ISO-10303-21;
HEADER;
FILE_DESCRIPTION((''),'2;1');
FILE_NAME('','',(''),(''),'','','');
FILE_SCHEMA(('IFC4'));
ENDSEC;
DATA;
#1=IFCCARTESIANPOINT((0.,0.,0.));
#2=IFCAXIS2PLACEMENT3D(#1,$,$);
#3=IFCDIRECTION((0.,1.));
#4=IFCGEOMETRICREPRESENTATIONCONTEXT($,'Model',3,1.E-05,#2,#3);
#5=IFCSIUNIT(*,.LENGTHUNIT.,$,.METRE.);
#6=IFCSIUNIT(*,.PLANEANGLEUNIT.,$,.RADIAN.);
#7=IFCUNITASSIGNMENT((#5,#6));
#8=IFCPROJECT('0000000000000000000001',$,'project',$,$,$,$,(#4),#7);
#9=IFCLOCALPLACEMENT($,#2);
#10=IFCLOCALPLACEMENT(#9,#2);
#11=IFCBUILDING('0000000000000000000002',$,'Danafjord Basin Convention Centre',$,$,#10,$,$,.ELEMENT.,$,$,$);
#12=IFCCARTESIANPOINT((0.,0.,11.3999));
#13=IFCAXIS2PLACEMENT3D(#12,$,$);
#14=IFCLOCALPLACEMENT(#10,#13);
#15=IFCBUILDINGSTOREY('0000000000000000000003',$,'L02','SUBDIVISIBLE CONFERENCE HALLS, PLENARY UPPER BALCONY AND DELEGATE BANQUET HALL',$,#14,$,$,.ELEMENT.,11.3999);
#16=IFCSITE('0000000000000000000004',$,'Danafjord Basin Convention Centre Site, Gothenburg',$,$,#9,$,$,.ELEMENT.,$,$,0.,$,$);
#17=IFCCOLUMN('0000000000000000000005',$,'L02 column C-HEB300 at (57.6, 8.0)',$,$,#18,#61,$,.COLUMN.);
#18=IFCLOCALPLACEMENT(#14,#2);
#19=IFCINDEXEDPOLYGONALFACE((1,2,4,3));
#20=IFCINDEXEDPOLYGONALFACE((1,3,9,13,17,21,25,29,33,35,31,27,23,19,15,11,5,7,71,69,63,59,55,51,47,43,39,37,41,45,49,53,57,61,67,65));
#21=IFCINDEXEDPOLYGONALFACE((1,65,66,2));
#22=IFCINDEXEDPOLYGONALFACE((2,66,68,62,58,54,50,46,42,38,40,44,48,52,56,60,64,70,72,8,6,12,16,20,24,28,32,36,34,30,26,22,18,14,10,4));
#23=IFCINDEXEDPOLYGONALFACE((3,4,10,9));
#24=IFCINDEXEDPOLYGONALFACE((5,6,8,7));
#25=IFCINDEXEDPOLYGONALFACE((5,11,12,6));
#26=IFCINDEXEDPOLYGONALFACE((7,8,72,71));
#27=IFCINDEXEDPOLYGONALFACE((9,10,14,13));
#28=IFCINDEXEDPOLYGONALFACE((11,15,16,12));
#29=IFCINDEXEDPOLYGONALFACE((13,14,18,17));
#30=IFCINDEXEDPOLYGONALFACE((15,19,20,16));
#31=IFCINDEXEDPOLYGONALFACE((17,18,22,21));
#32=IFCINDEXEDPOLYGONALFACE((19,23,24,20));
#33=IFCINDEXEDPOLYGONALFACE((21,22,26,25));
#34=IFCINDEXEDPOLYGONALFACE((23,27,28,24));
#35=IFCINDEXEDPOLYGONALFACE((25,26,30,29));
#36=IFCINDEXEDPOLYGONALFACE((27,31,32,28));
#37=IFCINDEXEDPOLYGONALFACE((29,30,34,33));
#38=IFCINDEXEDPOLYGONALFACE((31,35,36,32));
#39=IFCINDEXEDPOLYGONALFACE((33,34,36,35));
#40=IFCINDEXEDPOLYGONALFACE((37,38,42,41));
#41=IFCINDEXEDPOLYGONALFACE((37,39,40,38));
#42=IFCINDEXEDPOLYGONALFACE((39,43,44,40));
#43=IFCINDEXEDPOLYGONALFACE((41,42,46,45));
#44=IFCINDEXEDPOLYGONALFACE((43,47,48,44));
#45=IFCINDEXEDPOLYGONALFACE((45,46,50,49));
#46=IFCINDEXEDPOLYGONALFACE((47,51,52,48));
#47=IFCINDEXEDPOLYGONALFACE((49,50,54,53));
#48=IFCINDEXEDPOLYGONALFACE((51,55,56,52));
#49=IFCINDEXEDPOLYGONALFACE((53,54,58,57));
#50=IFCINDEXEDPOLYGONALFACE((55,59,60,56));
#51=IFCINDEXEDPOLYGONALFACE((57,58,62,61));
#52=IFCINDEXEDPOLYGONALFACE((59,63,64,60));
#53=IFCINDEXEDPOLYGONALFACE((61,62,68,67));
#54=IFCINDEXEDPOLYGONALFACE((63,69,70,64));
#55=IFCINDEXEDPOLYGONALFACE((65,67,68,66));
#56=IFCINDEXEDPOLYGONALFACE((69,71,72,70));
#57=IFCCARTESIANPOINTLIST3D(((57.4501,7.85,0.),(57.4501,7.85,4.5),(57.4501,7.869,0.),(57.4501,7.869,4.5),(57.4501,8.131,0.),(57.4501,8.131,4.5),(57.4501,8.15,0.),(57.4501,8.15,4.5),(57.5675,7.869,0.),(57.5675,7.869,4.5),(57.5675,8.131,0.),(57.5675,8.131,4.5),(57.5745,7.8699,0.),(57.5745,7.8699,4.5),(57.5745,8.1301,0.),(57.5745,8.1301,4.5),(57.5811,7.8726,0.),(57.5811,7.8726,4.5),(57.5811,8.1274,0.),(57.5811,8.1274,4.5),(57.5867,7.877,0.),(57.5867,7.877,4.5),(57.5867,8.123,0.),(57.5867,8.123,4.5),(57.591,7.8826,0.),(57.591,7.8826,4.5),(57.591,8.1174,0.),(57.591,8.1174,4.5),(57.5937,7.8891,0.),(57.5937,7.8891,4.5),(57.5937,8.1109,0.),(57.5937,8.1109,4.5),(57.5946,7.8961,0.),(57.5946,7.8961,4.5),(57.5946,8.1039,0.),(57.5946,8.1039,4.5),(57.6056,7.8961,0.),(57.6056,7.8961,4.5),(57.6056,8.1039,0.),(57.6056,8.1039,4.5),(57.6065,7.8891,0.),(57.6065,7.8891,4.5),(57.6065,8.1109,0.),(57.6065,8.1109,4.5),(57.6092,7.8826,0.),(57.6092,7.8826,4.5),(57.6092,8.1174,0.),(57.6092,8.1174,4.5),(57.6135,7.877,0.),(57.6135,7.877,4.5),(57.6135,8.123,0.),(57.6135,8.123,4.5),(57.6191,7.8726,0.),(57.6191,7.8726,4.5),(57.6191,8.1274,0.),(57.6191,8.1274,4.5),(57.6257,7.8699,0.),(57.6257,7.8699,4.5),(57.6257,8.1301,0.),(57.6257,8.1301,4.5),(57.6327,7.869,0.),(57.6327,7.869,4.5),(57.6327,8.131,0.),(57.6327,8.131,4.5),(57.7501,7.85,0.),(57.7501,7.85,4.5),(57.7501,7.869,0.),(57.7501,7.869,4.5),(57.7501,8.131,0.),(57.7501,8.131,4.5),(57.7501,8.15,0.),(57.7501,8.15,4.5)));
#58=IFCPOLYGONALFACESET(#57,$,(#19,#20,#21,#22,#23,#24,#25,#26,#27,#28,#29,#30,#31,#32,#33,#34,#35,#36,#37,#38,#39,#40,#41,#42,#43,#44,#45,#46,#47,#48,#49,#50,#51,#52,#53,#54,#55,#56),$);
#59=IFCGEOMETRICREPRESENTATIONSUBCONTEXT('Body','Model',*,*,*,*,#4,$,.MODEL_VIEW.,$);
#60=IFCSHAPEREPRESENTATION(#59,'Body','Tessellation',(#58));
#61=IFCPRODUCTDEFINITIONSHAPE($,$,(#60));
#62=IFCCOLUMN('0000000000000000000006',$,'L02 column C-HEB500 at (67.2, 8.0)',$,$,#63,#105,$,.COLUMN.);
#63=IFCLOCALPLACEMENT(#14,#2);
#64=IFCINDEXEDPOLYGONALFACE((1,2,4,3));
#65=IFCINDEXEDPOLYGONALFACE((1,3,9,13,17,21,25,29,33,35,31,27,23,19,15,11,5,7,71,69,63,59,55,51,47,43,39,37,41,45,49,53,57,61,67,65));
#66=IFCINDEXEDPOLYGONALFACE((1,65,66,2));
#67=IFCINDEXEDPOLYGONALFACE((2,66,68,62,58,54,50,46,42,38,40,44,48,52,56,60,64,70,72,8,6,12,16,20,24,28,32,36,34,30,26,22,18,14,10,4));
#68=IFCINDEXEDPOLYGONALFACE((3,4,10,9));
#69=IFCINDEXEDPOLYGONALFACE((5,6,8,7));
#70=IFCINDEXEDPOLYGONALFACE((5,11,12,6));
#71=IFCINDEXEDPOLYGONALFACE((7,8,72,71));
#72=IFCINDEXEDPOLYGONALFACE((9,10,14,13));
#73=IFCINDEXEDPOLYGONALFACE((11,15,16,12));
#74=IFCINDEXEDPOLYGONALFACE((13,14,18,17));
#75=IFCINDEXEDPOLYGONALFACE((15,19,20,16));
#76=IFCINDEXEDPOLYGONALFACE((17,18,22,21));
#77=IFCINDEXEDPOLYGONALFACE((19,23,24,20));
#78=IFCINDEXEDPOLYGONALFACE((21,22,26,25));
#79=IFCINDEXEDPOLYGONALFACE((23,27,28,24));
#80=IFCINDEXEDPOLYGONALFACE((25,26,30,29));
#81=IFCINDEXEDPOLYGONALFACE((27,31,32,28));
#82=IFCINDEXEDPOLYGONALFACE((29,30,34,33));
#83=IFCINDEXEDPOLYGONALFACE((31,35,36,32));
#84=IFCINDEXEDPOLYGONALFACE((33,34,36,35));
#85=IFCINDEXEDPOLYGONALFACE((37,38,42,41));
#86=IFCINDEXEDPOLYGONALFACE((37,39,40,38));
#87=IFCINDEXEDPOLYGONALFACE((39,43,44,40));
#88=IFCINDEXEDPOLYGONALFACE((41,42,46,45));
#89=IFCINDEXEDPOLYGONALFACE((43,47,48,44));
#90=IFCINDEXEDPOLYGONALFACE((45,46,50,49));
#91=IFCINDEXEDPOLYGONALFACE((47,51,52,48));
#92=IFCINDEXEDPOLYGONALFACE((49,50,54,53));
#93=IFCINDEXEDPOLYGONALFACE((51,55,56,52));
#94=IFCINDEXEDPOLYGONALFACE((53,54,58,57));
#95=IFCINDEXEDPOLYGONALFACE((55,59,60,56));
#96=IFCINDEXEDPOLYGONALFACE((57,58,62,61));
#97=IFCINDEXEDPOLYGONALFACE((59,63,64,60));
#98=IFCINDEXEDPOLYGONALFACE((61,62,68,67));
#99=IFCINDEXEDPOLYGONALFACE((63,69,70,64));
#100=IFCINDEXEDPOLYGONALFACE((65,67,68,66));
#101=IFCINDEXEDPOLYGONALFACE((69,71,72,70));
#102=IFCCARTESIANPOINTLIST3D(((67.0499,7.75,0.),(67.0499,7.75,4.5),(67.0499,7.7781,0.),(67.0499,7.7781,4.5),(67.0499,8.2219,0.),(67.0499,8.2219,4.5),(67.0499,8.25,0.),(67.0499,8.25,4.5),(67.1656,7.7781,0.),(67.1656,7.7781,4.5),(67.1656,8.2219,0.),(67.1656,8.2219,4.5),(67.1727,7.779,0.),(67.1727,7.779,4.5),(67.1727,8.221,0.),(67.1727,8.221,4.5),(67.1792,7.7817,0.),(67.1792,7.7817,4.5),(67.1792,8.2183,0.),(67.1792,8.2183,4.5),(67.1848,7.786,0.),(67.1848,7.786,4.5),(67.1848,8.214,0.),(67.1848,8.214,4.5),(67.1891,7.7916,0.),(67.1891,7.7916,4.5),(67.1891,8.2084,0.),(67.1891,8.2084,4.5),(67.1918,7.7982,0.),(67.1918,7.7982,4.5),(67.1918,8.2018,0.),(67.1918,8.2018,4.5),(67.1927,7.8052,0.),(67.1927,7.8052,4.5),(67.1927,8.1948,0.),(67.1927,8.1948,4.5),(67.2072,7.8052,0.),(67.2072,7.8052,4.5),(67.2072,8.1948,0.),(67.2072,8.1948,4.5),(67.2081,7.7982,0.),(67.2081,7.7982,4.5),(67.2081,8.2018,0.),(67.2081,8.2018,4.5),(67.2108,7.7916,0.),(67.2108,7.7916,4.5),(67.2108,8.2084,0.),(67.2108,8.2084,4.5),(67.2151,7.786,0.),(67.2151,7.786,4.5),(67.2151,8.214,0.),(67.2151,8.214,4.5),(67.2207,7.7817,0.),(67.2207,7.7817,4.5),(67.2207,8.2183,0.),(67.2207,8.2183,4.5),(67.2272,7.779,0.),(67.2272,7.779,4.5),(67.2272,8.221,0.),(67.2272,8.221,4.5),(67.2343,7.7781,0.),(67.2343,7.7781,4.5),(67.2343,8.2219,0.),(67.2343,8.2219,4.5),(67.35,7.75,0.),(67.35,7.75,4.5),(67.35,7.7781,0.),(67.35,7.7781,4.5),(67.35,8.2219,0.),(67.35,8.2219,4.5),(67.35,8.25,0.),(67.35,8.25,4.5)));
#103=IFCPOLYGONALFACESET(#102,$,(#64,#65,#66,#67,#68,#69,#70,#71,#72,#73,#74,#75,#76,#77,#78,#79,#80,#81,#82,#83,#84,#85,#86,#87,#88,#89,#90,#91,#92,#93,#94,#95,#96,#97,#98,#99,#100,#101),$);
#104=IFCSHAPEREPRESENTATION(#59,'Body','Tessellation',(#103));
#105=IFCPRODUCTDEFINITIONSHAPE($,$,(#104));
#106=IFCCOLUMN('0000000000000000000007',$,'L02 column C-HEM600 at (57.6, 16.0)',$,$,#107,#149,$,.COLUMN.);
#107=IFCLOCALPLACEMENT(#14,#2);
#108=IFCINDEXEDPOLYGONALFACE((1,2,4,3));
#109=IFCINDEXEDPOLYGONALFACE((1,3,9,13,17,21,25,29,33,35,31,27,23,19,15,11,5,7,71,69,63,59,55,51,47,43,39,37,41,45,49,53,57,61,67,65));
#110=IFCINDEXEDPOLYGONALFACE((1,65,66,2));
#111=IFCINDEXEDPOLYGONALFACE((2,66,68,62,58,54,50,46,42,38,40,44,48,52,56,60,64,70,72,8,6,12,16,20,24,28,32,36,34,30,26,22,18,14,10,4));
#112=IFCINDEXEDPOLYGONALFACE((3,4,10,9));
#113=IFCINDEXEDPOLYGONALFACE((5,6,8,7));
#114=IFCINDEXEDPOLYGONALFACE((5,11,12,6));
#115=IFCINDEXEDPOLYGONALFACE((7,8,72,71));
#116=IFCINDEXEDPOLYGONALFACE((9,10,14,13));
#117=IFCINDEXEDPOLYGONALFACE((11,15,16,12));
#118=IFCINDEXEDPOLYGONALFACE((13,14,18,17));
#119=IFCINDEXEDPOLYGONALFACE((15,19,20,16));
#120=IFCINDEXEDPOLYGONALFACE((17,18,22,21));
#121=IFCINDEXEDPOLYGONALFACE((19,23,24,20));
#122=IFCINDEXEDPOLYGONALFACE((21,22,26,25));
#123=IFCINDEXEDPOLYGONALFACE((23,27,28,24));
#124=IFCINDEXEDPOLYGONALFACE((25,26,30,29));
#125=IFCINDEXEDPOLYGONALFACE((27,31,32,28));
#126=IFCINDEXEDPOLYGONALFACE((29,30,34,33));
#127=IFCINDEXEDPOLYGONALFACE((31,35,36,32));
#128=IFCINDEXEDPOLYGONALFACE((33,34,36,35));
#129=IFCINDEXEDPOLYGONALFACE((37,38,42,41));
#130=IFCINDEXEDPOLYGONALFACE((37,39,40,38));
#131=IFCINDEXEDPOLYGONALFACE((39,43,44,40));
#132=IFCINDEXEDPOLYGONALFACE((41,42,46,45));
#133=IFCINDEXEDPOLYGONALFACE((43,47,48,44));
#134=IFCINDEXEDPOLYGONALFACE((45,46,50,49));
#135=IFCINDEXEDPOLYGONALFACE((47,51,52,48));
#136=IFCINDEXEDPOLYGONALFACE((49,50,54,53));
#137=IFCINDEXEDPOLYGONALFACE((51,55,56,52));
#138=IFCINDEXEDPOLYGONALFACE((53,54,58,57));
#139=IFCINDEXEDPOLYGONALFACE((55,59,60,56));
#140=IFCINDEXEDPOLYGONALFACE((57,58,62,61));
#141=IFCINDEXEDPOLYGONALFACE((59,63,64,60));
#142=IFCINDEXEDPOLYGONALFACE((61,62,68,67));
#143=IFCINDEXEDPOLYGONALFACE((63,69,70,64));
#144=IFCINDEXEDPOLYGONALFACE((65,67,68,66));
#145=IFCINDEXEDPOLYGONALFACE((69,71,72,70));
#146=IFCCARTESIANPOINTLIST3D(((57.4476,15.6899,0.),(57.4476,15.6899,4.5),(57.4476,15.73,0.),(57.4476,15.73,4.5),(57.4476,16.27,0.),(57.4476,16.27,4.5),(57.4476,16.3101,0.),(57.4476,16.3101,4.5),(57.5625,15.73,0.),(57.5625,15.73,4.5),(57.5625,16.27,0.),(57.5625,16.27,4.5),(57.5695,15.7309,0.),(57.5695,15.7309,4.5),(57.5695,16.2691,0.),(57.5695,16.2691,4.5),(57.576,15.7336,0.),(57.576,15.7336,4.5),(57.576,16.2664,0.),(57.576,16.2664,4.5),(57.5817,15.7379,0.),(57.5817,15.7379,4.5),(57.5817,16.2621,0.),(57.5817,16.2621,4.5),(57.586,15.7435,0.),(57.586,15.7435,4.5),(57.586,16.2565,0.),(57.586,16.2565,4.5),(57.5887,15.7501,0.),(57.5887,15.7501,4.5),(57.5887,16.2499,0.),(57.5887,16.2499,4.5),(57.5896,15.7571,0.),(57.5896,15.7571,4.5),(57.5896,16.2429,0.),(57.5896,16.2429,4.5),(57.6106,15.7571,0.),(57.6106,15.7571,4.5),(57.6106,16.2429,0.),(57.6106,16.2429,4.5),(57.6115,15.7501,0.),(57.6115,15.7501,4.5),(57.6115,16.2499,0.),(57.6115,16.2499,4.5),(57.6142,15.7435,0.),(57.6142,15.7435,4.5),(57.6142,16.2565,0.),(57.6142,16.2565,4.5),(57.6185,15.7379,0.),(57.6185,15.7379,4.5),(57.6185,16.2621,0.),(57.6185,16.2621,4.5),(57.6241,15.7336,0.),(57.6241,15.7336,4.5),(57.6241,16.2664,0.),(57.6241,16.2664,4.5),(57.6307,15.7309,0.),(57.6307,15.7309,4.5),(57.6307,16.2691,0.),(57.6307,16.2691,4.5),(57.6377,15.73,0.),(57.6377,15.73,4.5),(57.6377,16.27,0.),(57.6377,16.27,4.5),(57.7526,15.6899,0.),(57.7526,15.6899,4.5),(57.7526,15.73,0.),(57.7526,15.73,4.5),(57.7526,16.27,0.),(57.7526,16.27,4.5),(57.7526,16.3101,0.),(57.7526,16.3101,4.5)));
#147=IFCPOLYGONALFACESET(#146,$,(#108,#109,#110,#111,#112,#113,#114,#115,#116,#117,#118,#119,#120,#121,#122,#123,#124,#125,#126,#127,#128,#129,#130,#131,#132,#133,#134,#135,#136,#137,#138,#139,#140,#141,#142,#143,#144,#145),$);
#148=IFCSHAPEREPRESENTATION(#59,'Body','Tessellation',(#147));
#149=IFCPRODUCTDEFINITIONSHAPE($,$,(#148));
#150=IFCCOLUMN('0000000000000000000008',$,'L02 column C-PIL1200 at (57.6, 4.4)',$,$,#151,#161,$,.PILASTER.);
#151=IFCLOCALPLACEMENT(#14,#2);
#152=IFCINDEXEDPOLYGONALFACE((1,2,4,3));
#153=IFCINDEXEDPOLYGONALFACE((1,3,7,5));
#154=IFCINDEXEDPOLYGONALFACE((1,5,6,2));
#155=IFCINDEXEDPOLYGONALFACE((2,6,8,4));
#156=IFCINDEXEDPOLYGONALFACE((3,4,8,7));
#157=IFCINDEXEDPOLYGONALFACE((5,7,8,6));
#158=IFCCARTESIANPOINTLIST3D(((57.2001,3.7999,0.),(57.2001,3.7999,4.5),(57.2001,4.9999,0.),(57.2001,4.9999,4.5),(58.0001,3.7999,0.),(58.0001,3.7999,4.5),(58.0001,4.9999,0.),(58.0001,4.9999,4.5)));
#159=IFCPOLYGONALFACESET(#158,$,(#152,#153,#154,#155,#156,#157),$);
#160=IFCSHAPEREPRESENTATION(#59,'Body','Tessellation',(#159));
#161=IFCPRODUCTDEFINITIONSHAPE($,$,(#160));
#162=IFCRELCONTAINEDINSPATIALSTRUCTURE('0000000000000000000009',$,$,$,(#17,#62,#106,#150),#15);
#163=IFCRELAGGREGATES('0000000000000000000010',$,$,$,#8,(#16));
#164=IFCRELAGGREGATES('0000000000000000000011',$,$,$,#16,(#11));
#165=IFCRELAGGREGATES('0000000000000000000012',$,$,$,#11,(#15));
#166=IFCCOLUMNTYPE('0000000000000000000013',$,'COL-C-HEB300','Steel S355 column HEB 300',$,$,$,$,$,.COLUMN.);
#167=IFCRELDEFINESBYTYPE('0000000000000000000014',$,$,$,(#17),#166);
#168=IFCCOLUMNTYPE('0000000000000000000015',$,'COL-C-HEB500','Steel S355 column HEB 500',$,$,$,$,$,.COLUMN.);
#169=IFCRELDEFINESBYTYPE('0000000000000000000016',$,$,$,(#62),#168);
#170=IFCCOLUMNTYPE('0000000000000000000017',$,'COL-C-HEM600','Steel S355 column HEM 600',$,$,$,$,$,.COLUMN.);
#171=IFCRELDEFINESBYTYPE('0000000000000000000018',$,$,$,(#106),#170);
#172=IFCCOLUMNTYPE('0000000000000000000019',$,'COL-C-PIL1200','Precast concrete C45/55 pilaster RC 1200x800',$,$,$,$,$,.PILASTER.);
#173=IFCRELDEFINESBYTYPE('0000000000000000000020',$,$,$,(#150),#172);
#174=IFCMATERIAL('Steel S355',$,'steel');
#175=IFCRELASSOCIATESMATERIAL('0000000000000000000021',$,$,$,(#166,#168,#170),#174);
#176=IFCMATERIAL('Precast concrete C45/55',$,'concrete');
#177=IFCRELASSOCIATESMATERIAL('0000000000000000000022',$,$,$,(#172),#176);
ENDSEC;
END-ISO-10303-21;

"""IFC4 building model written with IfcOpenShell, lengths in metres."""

from ifc_helpers import new_model, si_unit, direction, frame, origin, origin_2d, place, context, subcontext, project, spatial, rectangle, i_section, extrude, material, material_profile, profile_set, type_object, element, save


model = new_model("IFC4")

# Units and contexts
model_context = context("Model", 3, precision=1e-05, world=origin(), true_north=direction((0.0, 1.0)))
body_context = subcontext(model_context, "Body", "Model", "MODEL_VIEW")
ifc_project = project(units=[si_unit("LENGTHUNIT", "METRE"), si_unit("PLANEANGLEUNIT", "RADIAN")], contexts=[model_context])

# Site, building, storey
site_placement = place(None, origin())
site = spatial("IfcSite", under=ifc_project, at=site_placement, Name="Danafjord Basin Convention Centre Site, Gothenburg", CompositionType="ELEMENT", RefElevation=0.0)
building_placement = place(site_placement, origin())
building = spatial("IfcBuilding", under=site, at=building_placement, Name="Danafjord Basin Convention Centre", CompositionType="ELEMENT")
storey_placement = place(building_placement, frame((0.0, 0.0, 11.3999)))
storey = spatial("IfcBuildingStorey", under=building, at=storey_placement, Name="L02", Description="SUBDIVISIBLE CONFERENCE HALLS, PLENARY UPPER BALCONY AND DELEGATE BANQUET HALL", CompositionType="ELEMENT", Elevation=11.3999)

# Columns
ifc_material_1 = material(Name="Steel S355", Category="steel")
ifc_material_profile_1 = material_profile(ifc_material_1, i_section(OverallWidth=0.3, OverallDepth=0.3, WebThickness=0.011, FlangeThickness=0.019, FilletRadius=0.0271, at=origin_2d()), Name="HEB 300")
ifc_profile_set_1 = profile_set([ifc_material_profile_1], Name="Steel S355")
column_type_1 = type_object("IfcColumnType", Name="COL-C-HEB300", Description="Steel S355 column HEB 300", PredefinedType="COLUMN", material=ifc_profile_set_1)
column_1_placement = place(storey_placement, frame((57.6001, 8.0, 0.0), z_axis=(0.0, 0.0, 1.0), x_axis=(1.0, 0.0, 0.0)))
element("IfcColumn", 1, at=column_1_placement, inside=storey, type_object=column_type_1, Name="L02 column C-HEB300 at (57.6, 8.0)", PredefinedType="COLUMN", context=body_context, shape_type="SweptSolid", body=[
    extrude(i_section(OverallWidth=0.3, OverallDepth=0.3, WebThickness=0.011, FlangeThickness=0.019, FilletRadius=0.0271, at=origin_2d()), origin(), (0.0, 0.0, 1.0), 4.5),
])
ifc_material_profile_2 = material_profile(ifc_material_1, i_section(OverallWidth=0.3, OverallDepth=0.5, WebThickness=0.0144, FlangeThickness=0.0281, FilletRadius=0.0271, at=origin_2d()), Name="HEB 500")
ifc_profile_set_2 = profile_set([ifc_material_profile_2], Name="Steel S355")
column_type_2 = type_object("IfcColumnType", Name="COL-C-HEB500", Description="Steel S355 column HEB 500", PredefinedType="COLUMN", material=ifc_profile_set_2)
column_2_placement = place(storey_placement, frame((67.2, 8.0, 0.0), z_axis=(0.0, 0.0, 1.0), x_axis=(1.0, 0.0, 0.0)))
element("IfcColumn", 2, at=column_2_placement, inside=storey, type_object=column_type_2, Name="L02 column C-HEB500 at (67.2, 8.0)", PredefinedType="COLUMN", context=body_context, shape_type="SweptSolid", body=[
    extrude(i_section(OverallWidth=0.3, OverallDepth=0.5, WebThickness=0.0144, FlangeThickness=0.0281, FilletRadius=0.0271, at=origin_2d()), origin(), (0.0, 0.0, 1.0), 4.5),
])
ifc_material_profile_3 = material_profile(ifc_material_1, i_section(OverallWidth=0.3049, OverallDepth=0.6201, WebThickness=0.021, FlangeThickness=0.04, FilletRadius=0.0271, at=origin_2d()), Name="HEM 600")
ifc_profile_set_3 = profile_set([ifc_material_profile_3], Name="Steel S355")
column_type_3 = type_object("IfcColumnType", Name="COL-C-HEM600", Description="Steel S355 column HEM 600", PredefinedType="COLUMN", material=ifc_profile_set_3)
column_3_placement = place(storey_placement, frame((57.6001, 16.0, 0.0), z_axis=(0.0, 0.0, 1.0), x_axis=(1.0, 0.0, 0.0)))
element("IfcColumn", 3, at=column_3_placement, inside=storey, type_object=column_type_3, Name="L02 column C-HEM600 at (57.6, 16.0)", PredefinedType="COLUMN", context=body_context, shape_type="SweptSolid", body=[
    extrude(i_section(OverallWidth=0.3049, OverallDepth=0.6201, WebThickness=0.021, FlangeThickness=0.04, FilletRadius=0.0271, at=origin_2d()), origin(), (0.0, 0.0, 1.0), 4.5),
])
ifc_material_2 = material(Name="Precast concrete C45/55", Category="concrete")
ifc_material_profile_4 = material_profile(ifc_material_2, rectangle(XDim=0.8, YDim=1.2, at=origin_2d()), Name="RC 1200x800")
ifc_profile_set_4 = profile_set([ifc_material_profile_4], Name="Precast concrete C45/55")
column_type_4 = type_object("IfcColumnType", Name="COL-C-PIL1200", Description="Precast concrete C45/55 pilaster RC 1200x800", PredefinedType="PILASTER", material=ifc_profile_set_4)
column_4_placement = place(storey_placement, frame((57.6001, 4.3999, 0.0), z_axis=(0.0, 0.0, 1.0), x_axis=(1.0, 0.0, 0.0)))
element("IfcColumn", 4, at=column_4_placement, inside=storey, type_object=column_type_4, Name="L02 column C-PIL1200 at (57.6, 4.4)", PredefinedType="PILASTER", context=body_context, shape_type="SweptSolid", body=[
    extrude(rectangle(XDim=0.8, YDim=1.2, at=origin_2d()), origin(), (0.0, 0.0, 1.0), 4.5),
])

save(model, "model.ifc")
